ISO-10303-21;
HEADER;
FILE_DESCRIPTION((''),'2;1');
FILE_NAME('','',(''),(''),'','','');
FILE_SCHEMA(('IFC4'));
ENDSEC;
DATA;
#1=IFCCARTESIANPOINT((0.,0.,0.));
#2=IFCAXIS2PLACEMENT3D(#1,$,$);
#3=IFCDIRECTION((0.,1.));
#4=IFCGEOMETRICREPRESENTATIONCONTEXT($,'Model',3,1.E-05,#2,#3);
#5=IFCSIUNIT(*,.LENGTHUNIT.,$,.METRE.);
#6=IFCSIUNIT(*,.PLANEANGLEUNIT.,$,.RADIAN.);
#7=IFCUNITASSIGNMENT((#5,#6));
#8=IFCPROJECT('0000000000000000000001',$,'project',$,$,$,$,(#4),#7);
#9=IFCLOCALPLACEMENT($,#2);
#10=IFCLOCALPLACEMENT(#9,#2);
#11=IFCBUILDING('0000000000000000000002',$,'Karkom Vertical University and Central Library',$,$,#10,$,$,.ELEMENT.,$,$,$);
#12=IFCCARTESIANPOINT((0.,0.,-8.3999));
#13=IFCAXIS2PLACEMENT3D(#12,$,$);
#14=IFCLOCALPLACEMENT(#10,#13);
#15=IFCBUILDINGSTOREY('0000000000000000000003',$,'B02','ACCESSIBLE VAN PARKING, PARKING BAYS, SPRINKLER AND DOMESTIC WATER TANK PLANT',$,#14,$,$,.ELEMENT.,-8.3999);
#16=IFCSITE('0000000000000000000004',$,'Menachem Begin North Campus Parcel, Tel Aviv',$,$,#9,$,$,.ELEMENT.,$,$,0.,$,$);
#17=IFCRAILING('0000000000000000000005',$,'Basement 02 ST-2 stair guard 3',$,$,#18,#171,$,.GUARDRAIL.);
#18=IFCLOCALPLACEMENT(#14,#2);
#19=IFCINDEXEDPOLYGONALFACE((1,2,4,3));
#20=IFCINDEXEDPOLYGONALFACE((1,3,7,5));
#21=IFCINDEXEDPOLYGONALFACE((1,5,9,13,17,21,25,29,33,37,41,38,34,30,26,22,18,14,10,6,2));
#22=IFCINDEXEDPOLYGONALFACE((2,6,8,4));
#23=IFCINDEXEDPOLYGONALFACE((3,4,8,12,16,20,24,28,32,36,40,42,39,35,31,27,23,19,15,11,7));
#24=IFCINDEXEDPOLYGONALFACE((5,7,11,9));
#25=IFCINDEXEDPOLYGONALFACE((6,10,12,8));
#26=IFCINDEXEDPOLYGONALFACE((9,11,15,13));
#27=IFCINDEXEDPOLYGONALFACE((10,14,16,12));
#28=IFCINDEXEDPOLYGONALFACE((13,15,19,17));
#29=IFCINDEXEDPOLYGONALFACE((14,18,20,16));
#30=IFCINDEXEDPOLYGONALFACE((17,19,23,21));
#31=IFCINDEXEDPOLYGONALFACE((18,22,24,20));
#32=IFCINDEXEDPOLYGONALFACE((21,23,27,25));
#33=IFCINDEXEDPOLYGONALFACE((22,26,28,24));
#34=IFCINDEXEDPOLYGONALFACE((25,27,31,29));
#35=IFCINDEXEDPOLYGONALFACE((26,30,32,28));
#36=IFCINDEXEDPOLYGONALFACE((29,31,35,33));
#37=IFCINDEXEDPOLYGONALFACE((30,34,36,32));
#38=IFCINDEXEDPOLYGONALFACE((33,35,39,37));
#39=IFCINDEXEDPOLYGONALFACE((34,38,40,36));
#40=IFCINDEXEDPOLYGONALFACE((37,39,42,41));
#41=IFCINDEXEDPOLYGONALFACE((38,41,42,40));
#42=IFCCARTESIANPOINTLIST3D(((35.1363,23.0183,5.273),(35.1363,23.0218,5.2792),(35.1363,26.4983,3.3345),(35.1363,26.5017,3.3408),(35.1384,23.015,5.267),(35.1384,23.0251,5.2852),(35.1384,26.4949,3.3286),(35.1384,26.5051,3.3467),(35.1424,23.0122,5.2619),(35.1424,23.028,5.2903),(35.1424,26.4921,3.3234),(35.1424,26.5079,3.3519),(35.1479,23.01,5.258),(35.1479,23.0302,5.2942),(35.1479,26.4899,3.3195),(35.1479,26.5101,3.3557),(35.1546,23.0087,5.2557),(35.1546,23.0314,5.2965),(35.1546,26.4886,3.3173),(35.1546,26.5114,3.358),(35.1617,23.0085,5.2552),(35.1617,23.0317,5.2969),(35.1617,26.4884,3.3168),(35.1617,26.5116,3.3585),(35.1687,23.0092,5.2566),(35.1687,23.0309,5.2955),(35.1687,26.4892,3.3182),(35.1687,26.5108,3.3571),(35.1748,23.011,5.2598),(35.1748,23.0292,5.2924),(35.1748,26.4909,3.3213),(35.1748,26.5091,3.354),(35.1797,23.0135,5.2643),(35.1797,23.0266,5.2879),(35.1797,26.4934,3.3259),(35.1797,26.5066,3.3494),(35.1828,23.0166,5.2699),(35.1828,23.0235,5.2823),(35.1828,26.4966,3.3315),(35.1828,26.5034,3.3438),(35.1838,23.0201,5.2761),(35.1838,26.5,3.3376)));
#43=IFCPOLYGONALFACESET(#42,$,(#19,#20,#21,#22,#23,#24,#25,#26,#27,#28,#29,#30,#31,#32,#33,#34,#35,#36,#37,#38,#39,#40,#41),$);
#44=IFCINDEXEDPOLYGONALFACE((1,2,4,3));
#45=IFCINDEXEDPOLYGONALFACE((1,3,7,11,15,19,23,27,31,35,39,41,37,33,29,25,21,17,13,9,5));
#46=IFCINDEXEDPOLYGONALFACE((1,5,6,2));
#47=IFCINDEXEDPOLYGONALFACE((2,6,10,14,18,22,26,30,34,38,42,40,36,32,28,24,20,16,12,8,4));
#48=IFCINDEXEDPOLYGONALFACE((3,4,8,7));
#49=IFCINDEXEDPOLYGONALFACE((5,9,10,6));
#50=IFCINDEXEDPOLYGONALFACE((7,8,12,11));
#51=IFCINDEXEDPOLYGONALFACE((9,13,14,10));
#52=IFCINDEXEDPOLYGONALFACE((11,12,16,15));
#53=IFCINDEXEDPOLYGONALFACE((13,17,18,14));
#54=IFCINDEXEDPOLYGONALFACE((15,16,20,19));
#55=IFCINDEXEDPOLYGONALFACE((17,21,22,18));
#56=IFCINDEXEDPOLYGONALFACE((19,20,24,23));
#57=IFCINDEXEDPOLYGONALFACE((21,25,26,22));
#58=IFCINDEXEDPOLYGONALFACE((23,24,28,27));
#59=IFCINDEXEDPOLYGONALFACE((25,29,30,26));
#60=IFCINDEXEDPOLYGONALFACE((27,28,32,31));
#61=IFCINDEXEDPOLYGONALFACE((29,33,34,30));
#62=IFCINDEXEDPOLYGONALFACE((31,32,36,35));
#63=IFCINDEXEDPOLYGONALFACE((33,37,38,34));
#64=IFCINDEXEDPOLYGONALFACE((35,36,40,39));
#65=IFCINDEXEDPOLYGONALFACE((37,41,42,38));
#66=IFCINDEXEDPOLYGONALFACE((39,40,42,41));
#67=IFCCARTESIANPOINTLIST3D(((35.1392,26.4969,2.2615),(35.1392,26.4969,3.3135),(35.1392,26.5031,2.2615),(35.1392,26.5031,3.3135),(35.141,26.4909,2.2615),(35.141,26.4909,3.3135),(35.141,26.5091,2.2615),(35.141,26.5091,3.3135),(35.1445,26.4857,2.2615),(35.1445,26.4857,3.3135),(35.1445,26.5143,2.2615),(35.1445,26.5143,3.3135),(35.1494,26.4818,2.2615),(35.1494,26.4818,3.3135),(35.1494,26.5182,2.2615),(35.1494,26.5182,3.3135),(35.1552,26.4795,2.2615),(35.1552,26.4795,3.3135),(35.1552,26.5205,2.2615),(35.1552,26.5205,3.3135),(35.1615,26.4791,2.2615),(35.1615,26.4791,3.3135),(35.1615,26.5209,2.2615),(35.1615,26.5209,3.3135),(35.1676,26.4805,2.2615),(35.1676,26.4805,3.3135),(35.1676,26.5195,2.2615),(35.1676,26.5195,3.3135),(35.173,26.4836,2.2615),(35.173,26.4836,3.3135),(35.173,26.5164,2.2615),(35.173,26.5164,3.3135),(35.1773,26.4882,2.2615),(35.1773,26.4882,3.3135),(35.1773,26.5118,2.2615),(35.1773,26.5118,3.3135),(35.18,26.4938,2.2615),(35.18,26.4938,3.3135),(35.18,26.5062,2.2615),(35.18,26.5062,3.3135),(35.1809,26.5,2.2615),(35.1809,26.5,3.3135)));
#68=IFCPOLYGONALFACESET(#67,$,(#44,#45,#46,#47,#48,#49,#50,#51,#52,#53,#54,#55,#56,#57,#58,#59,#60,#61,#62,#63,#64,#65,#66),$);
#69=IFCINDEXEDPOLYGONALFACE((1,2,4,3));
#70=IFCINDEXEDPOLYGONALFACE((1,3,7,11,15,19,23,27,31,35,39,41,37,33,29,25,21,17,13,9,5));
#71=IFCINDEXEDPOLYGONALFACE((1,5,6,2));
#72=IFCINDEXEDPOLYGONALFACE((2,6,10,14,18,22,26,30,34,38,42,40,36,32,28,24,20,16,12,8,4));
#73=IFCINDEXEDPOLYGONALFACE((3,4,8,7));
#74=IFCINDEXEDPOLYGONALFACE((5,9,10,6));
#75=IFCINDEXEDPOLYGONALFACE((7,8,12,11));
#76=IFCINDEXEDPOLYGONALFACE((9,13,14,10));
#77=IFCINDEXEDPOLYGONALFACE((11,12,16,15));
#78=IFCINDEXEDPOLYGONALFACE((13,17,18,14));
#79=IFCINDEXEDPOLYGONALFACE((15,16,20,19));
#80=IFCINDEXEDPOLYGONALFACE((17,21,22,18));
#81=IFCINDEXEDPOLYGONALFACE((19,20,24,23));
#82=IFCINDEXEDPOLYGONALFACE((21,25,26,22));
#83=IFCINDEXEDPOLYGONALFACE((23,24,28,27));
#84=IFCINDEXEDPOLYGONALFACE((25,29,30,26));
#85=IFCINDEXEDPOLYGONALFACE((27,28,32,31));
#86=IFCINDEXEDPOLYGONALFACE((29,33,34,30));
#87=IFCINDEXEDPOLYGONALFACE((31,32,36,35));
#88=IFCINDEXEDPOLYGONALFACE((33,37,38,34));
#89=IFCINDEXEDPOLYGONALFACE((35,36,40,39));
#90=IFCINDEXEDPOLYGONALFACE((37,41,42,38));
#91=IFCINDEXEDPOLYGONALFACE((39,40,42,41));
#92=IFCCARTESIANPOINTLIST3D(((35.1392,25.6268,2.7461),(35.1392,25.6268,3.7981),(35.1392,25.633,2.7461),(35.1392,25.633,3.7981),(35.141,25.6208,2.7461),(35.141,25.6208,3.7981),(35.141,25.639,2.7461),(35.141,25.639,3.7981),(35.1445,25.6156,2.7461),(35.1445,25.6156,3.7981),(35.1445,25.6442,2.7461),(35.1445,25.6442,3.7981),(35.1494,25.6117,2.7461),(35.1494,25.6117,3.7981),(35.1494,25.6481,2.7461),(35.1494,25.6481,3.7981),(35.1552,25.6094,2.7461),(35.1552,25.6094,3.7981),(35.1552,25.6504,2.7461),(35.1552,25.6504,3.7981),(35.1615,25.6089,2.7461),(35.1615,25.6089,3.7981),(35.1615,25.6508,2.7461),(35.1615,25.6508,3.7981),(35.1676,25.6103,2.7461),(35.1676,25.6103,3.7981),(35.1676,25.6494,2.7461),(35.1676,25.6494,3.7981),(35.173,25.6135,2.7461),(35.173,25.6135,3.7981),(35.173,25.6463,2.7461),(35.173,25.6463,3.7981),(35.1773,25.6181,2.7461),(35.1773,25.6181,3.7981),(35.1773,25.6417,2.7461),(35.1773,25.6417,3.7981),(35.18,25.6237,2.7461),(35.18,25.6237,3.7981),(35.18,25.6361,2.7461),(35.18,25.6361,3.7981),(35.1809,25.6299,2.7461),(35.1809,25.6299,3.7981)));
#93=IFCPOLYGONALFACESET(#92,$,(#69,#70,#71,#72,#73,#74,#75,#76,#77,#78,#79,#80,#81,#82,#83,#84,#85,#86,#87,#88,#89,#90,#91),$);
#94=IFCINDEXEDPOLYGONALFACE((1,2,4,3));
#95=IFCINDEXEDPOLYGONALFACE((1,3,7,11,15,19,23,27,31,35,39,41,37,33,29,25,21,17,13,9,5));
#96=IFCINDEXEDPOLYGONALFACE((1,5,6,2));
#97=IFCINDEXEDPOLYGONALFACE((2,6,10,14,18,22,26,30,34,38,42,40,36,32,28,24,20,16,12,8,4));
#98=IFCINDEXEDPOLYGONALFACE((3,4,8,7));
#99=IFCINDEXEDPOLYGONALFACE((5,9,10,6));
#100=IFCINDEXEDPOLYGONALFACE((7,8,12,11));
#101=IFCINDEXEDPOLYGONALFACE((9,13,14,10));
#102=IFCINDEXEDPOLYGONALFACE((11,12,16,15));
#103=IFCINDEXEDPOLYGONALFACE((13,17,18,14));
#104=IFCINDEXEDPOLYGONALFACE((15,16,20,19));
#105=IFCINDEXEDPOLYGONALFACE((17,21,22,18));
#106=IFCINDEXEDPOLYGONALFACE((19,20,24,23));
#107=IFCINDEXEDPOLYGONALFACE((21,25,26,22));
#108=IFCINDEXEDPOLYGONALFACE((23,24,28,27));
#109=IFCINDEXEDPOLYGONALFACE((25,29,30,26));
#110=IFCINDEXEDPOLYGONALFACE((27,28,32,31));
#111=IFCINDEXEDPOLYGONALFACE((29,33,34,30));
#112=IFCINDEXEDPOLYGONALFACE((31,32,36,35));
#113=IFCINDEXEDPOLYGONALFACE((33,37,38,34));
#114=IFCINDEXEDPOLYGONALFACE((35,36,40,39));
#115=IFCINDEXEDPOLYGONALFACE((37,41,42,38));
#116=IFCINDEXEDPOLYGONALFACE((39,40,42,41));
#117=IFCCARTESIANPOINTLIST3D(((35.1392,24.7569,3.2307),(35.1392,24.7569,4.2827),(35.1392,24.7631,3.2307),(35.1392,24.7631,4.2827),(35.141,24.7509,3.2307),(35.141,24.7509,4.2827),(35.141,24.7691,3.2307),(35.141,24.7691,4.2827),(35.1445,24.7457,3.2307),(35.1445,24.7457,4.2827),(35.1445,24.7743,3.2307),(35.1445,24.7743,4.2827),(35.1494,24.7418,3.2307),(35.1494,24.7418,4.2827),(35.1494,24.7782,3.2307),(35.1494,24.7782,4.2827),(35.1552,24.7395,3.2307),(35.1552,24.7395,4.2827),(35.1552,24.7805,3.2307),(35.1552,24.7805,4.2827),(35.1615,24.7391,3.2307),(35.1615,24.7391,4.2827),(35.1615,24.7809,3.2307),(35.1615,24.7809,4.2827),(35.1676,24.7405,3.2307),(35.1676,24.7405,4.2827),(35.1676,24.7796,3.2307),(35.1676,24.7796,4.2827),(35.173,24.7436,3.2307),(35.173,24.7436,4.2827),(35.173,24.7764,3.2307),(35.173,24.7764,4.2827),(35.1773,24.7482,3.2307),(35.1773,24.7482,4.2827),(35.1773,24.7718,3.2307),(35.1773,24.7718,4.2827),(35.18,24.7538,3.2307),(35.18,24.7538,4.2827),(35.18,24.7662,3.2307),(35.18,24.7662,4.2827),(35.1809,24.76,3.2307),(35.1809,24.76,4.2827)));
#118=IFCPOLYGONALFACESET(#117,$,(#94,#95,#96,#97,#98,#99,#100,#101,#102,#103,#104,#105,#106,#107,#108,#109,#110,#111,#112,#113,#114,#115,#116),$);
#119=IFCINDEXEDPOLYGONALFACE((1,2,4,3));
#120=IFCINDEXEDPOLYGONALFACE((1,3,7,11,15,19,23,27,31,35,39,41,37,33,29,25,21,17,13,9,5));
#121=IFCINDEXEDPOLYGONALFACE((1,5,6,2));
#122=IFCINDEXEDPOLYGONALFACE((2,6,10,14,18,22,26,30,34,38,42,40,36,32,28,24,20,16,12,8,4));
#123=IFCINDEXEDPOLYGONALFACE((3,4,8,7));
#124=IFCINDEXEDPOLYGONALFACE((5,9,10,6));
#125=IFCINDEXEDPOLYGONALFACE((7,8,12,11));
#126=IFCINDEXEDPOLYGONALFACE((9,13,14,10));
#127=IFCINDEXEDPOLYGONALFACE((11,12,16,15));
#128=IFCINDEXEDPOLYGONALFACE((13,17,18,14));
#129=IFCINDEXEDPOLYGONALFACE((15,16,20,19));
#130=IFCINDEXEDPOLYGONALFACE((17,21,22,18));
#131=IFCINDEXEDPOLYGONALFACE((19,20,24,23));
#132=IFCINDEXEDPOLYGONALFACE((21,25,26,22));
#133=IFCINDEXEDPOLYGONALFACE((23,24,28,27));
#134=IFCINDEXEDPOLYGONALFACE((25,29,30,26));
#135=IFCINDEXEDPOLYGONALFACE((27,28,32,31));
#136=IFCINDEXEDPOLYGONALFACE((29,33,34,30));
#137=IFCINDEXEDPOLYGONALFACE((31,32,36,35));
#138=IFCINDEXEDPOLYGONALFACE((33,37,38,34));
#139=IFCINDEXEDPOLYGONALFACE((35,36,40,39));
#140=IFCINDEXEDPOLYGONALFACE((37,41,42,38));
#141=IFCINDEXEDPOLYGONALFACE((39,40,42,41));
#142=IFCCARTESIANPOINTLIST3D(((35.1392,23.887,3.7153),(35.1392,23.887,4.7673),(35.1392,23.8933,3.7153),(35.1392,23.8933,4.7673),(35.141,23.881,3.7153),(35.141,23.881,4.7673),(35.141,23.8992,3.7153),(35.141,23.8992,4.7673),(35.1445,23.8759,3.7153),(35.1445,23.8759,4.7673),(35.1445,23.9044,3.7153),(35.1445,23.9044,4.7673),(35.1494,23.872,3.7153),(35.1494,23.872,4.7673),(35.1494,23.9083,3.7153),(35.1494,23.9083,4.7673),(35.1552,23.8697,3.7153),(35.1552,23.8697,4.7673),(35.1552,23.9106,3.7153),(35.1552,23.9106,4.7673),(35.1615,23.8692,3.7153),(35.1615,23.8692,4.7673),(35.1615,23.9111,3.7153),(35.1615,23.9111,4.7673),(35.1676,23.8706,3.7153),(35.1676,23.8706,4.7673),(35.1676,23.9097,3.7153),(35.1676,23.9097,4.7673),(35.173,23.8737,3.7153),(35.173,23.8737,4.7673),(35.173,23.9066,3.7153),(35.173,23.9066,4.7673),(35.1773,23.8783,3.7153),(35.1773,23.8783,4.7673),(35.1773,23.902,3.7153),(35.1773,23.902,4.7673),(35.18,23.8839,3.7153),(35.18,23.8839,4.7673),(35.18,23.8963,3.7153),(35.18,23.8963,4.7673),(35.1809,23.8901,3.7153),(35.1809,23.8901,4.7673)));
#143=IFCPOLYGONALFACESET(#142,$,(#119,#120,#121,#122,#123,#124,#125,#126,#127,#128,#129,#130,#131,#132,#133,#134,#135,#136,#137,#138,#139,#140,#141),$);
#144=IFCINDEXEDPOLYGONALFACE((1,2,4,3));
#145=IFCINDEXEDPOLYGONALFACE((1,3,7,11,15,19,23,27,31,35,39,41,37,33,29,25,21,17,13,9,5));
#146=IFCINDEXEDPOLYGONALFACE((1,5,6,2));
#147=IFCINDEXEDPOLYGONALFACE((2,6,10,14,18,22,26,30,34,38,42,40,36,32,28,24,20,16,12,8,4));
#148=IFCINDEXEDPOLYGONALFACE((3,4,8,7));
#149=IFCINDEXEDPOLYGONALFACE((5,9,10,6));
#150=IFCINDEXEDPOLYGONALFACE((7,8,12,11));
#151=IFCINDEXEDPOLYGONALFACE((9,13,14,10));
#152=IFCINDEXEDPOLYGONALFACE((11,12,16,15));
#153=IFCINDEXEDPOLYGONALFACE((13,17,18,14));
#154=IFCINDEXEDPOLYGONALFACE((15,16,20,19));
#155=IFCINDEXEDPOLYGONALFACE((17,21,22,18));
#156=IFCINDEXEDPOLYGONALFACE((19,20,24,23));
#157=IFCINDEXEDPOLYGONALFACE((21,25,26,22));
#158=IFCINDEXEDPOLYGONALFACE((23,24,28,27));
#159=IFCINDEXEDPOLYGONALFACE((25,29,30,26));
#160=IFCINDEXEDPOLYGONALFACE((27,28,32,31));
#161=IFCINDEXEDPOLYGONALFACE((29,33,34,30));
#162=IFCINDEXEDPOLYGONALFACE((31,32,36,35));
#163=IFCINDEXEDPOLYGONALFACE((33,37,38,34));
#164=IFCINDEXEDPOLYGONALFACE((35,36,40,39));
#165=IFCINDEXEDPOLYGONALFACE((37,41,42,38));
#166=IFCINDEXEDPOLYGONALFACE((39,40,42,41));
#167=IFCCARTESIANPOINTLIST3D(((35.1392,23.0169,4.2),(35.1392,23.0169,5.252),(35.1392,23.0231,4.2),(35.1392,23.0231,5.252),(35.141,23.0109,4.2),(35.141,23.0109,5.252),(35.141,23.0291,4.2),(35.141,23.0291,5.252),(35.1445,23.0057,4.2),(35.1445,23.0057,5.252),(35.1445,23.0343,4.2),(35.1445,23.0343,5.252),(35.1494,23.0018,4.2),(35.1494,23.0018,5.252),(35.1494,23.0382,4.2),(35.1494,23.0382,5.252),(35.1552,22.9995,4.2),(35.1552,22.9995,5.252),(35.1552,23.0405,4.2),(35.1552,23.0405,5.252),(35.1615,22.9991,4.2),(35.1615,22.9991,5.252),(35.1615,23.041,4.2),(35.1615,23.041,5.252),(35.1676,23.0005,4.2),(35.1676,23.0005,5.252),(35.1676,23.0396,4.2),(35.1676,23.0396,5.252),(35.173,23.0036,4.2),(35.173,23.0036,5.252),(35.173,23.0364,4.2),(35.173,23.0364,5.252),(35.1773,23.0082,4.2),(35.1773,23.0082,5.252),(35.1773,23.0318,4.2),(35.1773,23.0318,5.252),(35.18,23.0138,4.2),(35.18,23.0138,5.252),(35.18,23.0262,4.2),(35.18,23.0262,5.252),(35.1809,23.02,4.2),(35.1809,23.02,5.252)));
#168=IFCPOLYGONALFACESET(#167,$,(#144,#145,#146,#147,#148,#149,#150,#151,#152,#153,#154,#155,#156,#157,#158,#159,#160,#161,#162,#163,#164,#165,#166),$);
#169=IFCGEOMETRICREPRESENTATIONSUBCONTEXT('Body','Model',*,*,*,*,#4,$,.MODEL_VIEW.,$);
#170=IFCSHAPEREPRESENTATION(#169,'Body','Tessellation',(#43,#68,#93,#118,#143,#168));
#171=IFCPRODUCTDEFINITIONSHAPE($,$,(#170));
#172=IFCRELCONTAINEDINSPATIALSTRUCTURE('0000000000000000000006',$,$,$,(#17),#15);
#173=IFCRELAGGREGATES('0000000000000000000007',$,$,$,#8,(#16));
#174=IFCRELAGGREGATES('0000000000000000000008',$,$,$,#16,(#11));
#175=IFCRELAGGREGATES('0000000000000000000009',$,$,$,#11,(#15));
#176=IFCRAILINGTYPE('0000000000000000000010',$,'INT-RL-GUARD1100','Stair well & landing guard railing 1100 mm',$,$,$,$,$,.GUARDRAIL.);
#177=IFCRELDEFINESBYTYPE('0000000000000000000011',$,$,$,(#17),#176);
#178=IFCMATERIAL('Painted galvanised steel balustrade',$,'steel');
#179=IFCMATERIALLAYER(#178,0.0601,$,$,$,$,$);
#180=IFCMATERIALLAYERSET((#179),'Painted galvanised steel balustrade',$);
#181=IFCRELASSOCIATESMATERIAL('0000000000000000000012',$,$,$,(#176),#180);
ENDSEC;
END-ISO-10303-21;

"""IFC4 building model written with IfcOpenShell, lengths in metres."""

from ifc_helpers import new_model, si_unit, direction, frame, origin, origin_2d, place, context, subcontext, project, spatial, circle, extrude, material, layer, layer_set, type_object, element, save


model = new_model("IFC4")

# Units and contexts
model_context = context("Model", 3, precision=1e-05, world=origin(), true_north=direction((0.0, 1.0)))
body_context = subcontext(model_context, "Body", "Model", "MODEL_VIEW")
ifc_project = project(units=[si_unit("LENGTHUNIT", "METRE"), si_unit("PLANEANGLEUNIT", "RADIAN")], contexts=[model_context])

# Site, building, storey
site_placement = place(None, origin())
site = spatial("IfcSite", under=ifc_project, at=site_placement, Name="Menachem Begin North Campus Parcel, Tel Aviv", CompositionType="ELEMENT", RefElevation=0.0)
building_placement = place(site_placement, origin())
building = spatial("IfcBuilding", under=site, at=building_placement, Name="Karkom Vertical University and Central Library", CompositionType="ELEMENT")
storey_placement = place(building_placement, frame((0.0, 0.0, -8.3999)))
storey = spatial("IfcBuildingStorey", under=building, at=storey_placement, Name="B02", Description="ACCESSIBLE VAN PARKING, PARKING BAYS, SPRINKLER AND DOMESTIC WATER TANK PLANT", CompositionType="ELEMENT", Elevation=-8.3999)

# Railing
ifc_material_1 = material(Name="Painted galvanised steel balustrade", Category="steel")
ifc_layer_1 = layer(ifc_material_1, 0.0601)
ifc_layer_set_1 = layer_set([ifc_layer_1], Name="Painted galvanised steel balustrade")
railing_type_1 = type_object("IfcRailingType", Name="INT-RL-GUARD1100", Description="Stair well & landing guard railing 1100 mm", PredefinedType="GUARDRAIL", material=ifc_layer_set_1)
railing_1_placement = place(storey_placement, frame((35.1599, 26.5, 2.2615)))
element("IfcRailing", 1, at=railing_1_placement, inside=storey, type_object=railing_type_1, Name="Basement 02 ST-2 stair guard 3", PredefinedType="GUARDRAIL", context=body_context, shape_type="SweptSolid", body=[
    extrude(circle(Radius=0.0239, at=origin_2d()), frame((0.0, 0.0, 1.0762), z_axis=(0.0, -0.873607, 0.486631), x_axis=(1.0, 0.0, 0.0)), (0.0, 0.0, 1.0), 3.9834),
    extrude(circle(Radius=0.021, at=origin_2d()), origin(), (0.0, 0.0, 1.0), 1.052),
    extrude(circle(Radius=0.021, at=origin_2d()), frame((0.0, -0.8701, 0.4846)), (0.0, 0.0, 1.0), 1.052),
    extrude(circle(Radius=0.021, at=origin_2d()), frame((0.0, -1.74, 0.9692)), (0.0, 0.0, 1.0), 1.052),
    extrude(circle(Radius=0.021, at=origin_2d()), frame((0.0, -2.6099, 1.4539)), (0.0, 0.0, 1.0), 1.052),
    extrude(circle(Radius=0.021, at=origin_2d()), frame((0.0, -3.48, 1.9385)), (0.0, 0.0, 1.0), 1.052),
])

save(model, "model.ifc")
